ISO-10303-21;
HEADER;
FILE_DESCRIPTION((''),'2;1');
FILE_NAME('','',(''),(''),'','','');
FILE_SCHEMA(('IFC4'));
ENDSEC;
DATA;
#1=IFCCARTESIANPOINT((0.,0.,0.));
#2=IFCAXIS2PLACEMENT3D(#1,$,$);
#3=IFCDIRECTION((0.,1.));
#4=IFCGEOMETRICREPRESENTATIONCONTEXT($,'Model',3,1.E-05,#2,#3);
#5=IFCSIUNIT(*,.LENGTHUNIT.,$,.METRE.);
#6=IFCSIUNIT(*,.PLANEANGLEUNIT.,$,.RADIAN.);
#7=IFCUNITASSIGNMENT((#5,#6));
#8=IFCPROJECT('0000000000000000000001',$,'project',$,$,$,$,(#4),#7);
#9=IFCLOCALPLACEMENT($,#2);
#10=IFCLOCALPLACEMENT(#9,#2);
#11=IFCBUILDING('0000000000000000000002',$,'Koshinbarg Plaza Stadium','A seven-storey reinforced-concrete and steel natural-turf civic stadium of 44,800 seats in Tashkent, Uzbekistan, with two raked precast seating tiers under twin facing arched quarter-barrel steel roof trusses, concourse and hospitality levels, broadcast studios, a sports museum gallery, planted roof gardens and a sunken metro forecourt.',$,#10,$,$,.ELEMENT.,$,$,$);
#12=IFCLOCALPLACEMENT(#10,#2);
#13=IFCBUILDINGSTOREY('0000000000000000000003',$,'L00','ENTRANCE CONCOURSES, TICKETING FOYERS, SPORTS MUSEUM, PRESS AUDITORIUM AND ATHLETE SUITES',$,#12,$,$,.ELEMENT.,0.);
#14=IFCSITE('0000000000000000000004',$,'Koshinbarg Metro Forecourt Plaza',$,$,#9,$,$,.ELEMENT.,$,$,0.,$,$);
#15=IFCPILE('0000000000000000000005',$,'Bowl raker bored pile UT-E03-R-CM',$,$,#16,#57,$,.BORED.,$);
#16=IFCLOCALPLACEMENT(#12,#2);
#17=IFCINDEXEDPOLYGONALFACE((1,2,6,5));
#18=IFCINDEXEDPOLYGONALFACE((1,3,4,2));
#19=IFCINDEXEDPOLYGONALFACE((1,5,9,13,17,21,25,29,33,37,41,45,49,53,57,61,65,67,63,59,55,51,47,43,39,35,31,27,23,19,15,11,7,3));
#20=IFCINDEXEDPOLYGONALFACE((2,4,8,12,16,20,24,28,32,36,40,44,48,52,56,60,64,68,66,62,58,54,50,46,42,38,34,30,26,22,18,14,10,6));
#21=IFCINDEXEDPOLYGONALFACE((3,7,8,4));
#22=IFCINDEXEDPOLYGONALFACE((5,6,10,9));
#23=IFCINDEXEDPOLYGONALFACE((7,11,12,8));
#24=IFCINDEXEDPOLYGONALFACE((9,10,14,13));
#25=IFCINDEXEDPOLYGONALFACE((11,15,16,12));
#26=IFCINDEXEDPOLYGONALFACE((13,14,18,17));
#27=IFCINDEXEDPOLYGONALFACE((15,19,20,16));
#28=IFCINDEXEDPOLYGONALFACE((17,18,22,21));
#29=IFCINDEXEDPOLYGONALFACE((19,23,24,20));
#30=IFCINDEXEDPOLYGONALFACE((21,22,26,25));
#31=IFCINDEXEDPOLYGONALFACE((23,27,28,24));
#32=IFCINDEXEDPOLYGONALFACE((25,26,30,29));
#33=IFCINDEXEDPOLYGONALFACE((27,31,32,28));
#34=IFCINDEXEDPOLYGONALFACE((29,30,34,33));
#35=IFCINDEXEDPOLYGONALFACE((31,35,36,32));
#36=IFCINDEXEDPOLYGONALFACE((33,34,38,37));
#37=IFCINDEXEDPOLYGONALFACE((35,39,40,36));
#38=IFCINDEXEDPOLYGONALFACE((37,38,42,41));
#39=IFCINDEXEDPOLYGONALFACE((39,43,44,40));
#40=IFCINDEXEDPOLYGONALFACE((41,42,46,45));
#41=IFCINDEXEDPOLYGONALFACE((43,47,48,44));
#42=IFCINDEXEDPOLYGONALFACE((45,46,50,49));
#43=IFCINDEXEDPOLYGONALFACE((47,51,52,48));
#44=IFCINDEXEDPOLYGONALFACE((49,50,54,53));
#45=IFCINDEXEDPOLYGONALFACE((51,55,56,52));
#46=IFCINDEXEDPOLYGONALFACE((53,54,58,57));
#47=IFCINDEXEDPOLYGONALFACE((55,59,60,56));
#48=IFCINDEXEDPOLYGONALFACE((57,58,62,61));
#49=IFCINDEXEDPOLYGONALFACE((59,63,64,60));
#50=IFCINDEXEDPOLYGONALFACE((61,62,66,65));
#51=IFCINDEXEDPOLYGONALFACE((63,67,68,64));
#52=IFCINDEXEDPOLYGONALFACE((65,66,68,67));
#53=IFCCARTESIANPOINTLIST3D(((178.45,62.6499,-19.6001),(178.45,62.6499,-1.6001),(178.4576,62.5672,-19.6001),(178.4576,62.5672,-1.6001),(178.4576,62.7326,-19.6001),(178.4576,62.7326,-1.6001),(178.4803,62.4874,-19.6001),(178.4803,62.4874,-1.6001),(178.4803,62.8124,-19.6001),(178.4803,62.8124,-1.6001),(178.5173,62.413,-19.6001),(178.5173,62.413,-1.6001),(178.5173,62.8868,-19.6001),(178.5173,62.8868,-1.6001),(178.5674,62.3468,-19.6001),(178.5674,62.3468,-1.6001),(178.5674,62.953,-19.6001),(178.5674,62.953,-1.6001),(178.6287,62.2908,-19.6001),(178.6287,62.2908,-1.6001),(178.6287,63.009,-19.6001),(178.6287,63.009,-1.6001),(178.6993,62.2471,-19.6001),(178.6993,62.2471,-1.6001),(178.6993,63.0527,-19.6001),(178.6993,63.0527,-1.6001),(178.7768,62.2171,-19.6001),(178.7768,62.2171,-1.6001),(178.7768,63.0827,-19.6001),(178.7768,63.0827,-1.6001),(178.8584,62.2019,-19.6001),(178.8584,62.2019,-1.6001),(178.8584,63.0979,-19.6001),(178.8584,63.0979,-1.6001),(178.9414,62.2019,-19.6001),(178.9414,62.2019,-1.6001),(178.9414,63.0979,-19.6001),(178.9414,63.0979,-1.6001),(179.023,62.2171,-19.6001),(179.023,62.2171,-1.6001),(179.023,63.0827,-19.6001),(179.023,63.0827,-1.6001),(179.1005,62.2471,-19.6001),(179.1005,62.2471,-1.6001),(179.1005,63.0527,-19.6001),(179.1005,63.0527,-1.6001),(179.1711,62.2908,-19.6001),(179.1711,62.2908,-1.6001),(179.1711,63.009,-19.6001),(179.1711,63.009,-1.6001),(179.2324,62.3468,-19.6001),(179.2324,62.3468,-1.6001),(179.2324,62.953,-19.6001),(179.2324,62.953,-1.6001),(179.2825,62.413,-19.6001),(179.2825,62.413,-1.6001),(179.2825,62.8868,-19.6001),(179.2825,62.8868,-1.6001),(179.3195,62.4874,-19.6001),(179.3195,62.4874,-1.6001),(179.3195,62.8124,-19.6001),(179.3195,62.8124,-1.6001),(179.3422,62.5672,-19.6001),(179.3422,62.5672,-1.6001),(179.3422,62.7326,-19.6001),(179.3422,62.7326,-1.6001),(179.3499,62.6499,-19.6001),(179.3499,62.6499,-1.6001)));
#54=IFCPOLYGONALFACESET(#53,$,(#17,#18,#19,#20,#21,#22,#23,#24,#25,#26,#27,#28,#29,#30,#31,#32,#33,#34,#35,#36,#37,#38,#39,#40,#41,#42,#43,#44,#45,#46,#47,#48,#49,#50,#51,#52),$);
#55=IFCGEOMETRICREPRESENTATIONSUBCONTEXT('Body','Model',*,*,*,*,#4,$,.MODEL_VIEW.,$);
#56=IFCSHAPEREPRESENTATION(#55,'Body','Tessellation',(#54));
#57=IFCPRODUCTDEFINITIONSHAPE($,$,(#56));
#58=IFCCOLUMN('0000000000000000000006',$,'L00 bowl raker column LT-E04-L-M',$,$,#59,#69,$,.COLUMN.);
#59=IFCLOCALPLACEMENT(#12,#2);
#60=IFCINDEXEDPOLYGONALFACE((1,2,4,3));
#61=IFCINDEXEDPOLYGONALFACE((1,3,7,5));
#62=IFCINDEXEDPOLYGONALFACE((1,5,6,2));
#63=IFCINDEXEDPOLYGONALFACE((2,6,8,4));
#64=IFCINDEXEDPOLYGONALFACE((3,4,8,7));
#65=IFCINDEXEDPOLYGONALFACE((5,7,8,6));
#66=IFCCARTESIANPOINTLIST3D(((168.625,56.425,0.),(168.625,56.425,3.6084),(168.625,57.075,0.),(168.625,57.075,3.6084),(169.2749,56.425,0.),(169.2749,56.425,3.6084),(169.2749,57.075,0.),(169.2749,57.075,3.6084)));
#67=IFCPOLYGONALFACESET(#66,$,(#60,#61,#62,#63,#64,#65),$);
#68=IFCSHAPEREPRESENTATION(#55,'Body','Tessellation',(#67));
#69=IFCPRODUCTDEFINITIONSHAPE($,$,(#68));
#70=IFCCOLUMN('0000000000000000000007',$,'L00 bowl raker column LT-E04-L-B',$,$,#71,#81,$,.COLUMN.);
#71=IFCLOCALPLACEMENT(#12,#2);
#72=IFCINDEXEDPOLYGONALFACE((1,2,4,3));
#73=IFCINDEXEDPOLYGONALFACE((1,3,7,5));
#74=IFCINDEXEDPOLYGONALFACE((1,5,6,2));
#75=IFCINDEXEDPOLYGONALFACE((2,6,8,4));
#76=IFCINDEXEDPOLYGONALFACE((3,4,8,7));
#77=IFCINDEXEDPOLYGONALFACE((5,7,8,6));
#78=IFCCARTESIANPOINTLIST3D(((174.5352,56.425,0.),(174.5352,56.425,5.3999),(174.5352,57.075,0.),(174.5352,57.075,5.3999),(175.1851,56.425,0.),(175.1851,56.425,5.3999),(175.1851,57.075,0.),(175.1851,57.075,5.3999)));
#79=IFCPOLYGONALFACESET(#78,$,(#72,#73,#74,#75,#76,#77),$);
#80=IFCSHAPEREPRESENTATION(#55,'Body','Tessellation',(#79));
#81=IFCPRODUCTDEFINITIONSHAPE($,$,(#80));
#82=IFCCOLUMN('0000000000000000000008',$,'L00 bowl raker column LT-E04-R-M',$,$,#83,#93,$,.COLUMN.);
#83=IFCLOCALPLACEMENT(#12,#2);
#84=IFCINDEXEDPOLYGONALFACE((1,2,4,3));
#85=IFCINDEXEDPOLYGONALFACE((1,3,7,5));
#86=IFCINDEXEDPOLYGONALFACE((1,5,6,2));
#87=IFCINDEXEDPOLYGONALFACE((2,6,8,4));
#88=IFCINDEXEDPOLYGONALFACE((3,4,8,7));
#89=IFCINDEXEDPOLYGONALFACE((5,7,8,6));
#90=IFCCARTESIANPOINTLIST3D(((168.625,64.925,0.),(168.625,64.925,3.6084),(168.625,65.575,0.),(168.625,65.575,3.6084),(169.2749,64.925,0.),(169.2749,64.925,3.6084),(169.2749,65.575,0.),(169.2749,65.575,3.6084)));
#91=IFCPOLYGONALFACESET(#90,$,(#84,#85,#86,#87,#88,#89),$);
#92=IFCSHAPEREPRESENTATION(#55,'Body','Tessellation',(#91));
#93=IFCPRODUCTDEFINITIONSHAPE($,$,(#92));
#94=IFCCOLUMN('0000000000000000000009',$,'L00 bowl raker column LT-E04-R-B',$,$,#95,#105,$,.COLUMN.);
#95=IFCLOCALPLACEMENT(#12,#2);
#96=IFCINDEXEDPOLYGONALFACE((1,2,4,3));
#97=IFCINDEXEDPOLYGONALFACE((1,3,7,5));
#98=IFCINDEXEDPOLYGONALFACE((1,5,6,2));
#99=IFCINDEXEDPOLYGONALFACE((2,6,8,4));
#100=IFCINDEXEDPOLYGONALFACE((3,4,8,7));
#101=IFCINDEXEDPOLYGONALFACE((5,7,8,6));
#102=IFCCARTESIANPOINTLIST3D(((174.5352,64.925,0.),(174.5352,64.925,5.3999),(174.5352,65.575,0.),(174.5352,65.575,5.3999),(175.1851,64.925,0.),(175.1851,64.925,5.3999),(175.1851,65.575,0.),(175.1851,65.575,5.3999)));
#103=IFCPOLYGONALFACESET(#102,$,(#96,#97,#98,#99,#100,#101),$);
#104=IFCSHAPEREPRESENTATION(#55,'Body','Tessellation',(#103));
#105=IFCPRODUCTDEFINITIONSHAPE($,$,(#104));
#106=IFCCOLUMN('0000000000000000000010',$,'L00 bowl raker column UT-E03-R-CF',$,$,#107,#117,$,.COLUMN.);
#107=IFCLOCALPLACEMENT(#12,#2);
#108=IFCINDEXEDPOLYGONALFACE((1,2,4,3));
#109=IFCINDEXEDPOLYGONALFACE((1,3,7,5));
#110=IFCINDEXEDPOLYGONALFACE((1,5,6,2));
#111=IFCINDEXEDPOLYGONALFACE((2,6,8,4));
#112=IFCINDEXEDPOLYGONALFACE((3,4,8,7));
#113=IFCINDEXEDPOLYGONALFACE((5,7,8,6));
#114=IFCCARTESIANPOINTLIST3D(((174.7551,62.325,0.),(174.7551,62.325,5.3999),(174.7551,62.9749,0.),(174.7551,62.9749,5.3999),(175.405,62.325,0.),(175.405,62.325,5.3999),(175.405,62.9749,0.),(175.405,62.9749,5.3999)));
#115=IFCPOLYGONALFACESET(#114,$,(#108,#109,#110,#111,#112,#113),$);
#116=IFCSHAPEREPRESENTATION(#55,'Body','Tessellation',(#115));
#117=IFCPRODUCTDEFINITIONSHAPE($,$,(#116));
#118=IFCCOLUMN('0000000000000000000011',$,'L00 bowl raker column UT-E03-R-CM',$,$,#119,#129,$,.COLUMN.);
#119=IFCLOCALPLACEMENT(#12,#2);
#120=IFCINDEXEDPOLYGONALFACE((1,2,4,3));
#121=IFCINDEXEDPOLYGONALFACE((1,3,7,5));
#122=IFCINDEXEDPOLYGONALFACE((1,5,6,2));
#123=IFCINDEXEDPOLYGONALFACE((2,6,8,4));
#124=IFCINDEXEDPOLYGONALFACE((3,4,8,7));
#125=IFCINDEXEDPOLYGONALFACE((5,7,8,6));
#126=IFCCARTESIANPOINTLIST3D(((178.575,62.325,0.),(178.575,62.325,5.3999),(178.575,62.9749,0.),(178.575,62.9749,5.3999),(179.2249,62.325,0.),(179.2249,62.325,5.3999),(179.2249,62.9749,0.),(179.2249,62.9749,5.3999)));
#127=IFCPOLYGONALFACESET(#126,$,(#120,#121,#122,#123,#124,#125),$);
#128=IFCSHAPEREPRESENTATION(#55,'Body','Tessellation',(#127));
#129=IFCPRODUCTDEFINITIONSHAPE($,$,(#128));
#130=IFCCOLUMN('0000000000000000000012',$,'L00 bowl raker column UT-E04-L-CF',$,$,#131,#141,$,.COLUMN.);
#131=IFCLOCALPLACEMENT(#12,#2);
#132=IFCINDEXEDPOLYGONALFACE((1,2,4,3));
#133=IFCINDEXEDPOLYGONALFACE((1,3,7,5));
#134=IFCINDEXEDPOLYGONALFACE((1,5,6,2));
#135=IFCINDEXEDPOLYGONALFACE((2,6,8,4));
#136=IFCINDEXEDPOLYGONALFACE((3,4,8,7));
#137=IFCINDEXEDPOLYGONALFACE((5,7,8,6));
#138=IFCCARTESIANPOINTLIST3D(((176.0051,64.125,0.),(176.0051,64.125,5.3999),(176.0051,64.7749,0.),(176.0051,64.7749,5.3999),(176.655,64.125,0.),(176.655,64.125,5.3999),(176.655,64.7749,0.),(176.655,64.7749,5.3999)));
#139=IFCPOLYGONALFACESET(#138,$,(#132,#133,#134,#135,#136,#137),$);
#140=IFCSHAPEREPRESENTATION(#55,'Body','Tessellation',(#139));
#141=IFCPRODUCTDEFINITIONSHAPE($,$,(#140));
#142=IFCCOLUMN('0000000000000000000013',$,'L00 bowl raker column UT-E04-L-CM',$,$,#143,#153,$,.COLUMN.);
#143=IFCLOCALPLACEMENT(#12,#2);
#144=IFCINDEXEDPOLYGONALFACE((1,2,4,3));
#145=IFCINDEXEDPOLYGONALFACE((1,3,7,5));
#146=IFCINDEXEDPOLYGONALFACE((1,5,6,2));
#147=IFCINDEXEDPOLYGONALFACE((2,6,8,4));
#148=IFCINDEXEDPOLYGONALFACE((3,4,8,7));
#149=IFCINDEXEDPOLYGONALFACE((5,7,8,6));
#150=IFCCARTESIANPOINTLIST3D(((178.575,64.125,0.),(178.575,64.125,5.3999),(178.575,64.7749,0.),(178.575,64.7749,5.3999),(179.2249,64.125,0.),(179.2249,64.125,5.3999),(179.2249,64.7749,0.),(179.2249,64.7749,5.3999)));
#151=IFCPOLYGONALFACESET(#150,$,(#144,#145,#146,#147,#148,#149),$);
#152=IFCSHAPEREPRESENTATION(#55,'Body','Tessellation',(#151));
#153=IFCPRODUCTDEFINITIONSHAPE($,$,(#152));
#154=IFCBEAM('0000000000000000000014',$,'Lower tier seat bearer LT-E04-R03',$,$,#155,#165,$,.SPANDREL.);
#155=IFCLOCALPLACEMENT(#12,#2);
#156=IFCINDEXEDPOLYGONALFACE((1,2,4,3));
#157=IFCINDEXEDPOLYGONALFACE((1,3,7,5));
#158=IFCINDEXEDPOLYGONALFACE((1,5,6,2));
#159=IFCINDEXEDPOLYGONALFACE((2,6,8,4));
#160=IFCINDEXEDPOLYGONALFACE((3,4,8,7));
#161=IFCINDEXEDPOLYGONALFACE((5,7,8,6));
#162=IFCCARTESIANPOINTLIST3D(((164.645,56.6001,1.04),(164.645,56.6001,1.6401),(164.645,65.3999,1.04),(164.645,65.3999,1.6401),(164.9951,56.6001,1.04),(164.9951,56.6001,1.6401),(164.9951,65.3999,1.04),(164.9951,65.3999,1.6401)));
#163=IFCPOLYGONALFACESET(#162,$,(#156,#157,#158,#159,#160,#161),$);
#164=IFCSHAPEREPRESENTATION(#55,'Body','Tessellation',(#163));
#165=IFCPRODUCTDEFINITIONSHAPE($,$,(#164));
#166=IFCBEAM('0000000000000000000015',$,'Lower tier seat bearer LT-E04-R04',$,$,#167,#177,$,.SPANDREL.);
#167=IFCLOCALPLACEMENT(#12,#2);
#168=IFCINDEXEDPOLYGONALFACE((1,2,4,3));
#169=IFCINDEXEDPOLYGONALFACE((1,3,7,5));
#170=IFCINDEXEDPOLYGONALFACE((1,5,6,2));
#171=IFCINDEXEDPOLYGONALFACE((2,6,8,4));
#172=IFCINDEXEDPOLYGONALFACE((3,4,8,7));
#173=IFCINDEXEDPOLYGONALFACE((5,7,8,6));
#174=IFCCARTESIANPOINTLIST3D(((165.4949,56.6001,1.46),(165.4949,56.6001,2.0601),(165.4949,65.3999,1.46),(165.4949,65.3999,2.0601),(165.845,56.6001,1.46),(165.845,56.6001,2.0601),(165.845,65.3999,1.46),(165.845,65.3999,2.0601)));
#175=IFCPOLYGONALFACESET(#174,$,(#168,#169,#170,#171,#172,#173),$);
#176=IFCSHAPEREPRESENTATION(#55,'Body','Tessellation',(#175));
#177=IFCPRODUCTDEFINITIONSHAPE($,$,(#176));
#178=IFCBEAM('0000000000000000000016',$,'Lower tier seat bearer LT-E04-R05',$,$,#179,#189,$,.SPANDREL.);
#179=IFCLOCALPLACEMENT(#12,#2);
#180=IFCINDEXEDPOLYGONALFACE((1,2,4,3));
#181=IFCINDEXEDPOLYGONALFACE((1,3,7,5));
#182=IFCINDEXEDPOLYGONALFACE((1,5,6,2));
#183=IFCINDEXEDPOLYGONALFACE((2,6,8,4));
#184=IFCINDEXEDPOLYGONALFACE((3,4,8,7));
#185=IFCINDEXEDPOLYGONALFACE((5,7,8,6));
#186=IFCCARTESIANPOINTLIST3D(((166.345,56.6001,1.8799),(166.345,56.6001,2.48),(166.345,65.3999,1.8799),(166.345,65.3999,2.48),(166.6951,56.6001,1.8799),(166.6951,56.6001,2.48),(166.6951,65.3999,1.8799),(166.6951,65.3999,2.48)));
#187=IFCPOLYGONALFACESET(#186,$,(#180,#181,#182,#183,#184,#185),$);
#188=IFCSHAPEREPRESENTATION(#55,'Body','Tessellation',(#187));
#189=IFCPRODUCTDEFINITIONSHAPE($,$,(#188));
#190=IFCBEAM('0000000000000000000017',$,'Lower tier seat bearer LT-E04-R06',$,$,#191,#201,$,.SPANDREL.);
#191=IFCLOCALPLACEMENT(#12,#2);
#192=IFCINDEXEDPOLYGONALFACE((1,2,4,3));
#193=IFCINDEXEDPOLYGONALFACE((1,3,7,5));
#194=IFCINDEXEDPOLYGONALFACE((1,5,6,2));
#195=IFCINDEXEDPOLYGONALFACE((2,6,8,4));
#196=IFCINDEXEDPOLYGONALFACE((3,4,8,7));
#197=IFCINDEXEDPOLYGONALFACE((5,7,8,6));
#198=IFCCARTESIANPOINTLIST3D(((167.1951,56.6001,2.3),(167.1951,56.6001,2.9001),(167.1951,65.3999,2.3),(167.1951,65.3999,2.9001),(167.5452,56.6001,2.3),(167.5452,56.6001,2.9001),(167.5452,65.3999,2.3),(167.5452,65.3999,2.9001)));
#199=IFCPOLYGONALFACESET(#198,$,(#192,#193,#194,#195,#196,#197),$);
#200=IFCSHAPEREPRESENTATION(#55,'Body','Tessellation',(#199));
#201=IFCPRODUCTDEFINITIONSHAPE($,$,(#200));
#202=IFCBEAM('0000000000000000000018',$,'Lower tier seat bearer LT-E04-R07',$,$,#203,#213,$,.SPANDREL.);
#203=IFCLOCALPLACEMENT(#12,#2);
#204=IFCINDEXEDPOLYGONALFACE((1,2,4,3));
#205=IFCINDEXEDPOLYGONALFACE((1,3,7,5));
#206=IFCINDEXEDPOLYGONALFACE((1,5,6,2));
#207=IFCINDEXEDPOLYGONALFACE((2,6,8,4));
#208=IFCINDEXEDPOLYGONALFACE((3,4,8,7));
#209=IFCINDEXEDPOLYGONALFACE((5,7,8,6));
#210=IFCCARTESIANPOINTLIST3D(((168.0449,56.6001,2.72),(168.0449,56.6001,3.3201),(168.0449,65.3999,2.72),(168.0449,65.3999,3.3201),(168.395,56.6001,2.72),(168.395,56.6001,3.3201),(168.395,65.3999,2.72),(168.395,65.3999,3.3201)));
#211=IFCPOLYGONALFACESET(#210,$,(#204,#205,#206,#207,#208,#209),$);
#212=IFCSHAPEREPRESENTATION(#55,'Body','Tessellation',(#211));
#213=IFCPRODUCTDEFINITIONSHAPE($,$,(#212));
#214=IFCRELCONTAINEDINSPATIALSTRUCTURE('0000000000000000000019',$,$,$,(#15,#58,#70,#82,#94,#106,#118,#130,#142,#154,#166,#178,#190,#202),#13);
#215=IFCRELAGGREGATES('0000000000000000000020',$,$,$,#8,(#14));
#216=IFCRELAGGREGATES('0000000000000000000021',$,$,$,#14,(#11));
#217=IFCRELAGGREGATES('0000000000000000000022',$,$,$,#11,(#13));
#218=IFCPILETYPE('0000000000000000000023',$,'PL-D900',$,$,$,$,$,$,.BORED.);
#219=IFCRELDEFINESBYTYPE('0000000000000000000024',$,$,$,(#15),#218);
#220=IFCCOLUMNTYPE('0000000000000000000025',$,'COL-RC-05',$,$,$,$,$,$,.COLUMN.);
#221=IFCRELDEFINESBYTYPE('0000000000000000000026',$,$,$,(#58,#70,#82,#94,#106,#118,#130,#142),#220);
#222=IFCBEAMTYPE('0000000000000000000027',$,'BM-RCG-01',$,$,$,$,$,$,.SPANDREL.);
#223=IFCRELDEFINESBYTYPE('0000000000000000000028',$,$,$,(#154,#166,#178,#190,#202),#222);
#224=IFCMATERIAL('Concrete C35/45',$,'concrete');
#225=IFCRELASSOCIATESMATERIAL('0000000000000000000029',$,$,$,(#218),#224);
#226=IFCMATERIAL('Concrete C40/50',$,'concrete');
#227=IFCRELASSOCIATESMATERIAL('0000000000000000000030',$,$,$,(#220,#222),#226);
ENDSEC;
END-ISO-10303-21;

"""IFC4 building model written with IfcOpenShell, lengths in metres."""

from ifc_helpers import new_model, si_unit, direction, frame, origin, origin_2d, place, context, subcontext, project, spatial, rectangle, circle, extrude, material, material_profile, profile_set, type_object, element, save


model = new_model("IFC4")

# Units and contexts
model_context = context("Model", 3, precision=1e-05, world=origin(), true_north=direction((0.0, 1.0)))
body_context = subcontext(model_context, "Body", "Model", "MODEL_VIEW")
ifc_project = project(units=[si_unit("LENGTHUNIT", "METRE"), si_unit("PLANEANGLEUNIT", "RADIAN")], contexts=[model_context])

# Site, building, storey
site_placement = place(None, origin())
site = spatial("IfcSite", under=ifc_project, at=site_placement, Name="Koshinbarg Metro Forecourt Plaza", CompositionType="ELEMENT", RefElevation=0.0)
building_placement = place(site_placement, origin())
building = spatial("IfcBuilding", under=site, at=building_placement, Name="Koshinbarg Plaza Stadium", Description="A seven-storey reinforced-concrete and steel natural-turf civic stadium of 44,800 seats in Tashkent, Uzbekistan, with two raked precast seating tiers under twin facing arched quarter-barrel steel roof trusses, concourse and hospitality levels, broadcast studios, a sports museum gallery, planted roof gardens and a sunken metro forecourt.", CompositionType="ELEMENT")
storey_placement = place(building_placement, origin())
storey = spatial("IfcBuildingStorey", under=building, at=storey_placement, Name="L00", Description="ENTRANCE CONCOURSES, TICKETING FOYERS, SPORTS MUSEUM, PRESS AUDITORIUM AND ATHLETE SUITES", CompositionType="ELEMENT", Elevation=0.0)

# Shared definitions
ifc_material_1 = material(Name="Concrete C35/45", Category="concrete")

# Pile
ifc_material_profile_1 = material_profile(ifc_material_1, circle(Radius=0.45, at=origin_2d()), Name="PILE D900")
ifc_profile_set_1 = profile_set([ifc_material_profile_1], Name="Concrete C35/45")
pile_type = type_object("IfcPileType", Name="PL-D900", PredefinedType="BORED", material=ifc_profile_set_1)
for number, where, z_axis, x_axis, name in (
    (1, (178.8999, 62.6499, -1.6001), (0.0, 0.0, -1.0), (1.0, 0.0, 0.0), "Bowl raker bored pile UT-E03-R-CM"),
):
    element("IfcPile", number, at=place(storey_placement, frame(where, z_axis=z_axis, x_axis=x_axis)), inside=storey, type_object=pile_type, Name=name, PredefinedType="BORED", context=body_context, shape_type="SweptSolid", body=[
        extrude(circle(Radius=0.45, at=origin_2d()), origin(), (0.0, 0.0, 1.0), 18.0),
    ])

# Columns
ifc_material_2 = material(Name="Concrete C40/50", Category="concrete")
ifc_material_profile_2 = material_profile(ifc_material_2, rectangle(XDim=0.6499, YDim=0.6499, at=origin_2d()), Name="RC 650x650")
ifc_profile_set_2 = profile_set([ifc_material_profile_2], Name="Concrete C40/50")
column_type = type_object("IfcColumnType", Name="COL-RC-05", PredefinedType="COLUMN", material=ifc_profile_set_2)
column_1_placement = place(storey_placement, frame((168.95, 56.75, 0.0), z_axis=(0.0, 0.0, 1.0), x_axis=(1.0, 0.0, 0.0)))
element("IfcColumn", 2, at=column_1_placement, inside=storey, type_object=column_type, Name="L00 bowl raker column LT-E04-L-M", PredefinedType="COLUMN", context=body_context, shape_type="SweptSolid", body=[
    extrude(rectangle(XDim=0.6499, YDim=0.6499, at=origin_2d()), origin(), (0.0, 0.0, 1.0), 3.6084),
])
column_2_placement = place(storey_placement, frame((174.8601, 56.75, 0.0), z_axis=(0.0, 0.0, 1.0), x_axis=(1.0, 0.0, 0.0)))
element("IfcColumn", 3, at=column_2_placement, inside=storey, type_object=column_type, Name="L00 bowl raker column LT-E04-L-B", PredefinedType="COLUMN", context=body_context, shape_type="SweptSolid", body=[
    extrude(rectangle(XDim=0.6499, YDim=0.6499, at=origin_2d()), origin(), (0.0, 0.0, 1.0), 5.3999),
])
column_3_placement = place(storey_placement, frame((168.95, 65.25, 0.0), z_axis=(0.0, 0.0, 1.0), x_axis=(1.0, 0.0, 0.0)))
element("IfcColumn", 4, at=column_3_placement, inside=storey, type_object=column_type, Name="L00 bowl raker column LT-E04-R-M", PredefinedType="COLUMN", context=body_context, shape_type="SweptSolid", body=[
    extrude(rectangle(XDim=0.6499, YDim=0.6499, at=origin_2d()), origin(), (0.0, 0.0, 1.0), 3.6084),
])
for number, where, z_axis, x_axis, name in (
    (5, (174.8601, 65.25, 0.0), (0.0, 0.0, 1.0), (1.0, 0.0, 0.0), "L00 bowl raker column LT-E04-R-B"),
    (6, (175.0801, 62.6499, 0.0), (0.0, 0.0, 1.0), (1.0, 0.0, 0.0), "L00 bowl raker column UT-E03-R-CF"),
    (7, (178.8999, 62.6499, 0.0), (0.0, 0.0, 1.0), (1.0, 0.0, 0.0), "L00 bowl raker column UT-E03-R-CM"),
    (8, (176.3301, 64.45, 0.0), (0.0, 0.0, 1.0), (1.0, 0.0, 0.0), "L00 bowl raker column UT-E04-L-CF"),
    (9, (178.8999, 64.45, 0.0), (0.0, 0.0, 1.0), (1.0, 0.0, 0.0), "L00 bowl raker column UT-E04-L-CM"),
):
    element("IfcColumn", number, at=place(storey_placement, frame(where, z_axis=z_axis, x_axis=x_axis)), inside=storey, type_object=column_type, Name=name, PredefinedType="COLUMN", context=body_context, shape_type="SweptSolid", body=[
        extrude(rectangle(XDim=0.6499, YDim=0.6499, at=origin_2d()), origin(), (0.0, 0.0, 1.0), 5.3999),
    ])

# Beams
ifc_material_profile_3 = material_profile(ifc_material_2, rectangle(XDim=0.3501, YDim=0.6001, at=origin_2d()), Name="RC 350x600")
ifc_profile_set_3 = profile_set([ifc_material_profile_3], Name="Concrete C40/50")
beam_type = type_object("IfcBeamType", Name="BM-RCG-01", PredefinedType="SPANDREL", material=ifc_profile_set_3)
for number, where, z_axis, x_axis, name in (
    (10, (164.8201, 56.6001, 1.3401), (0.0, 1.0, 0.0), (-1.0, 0.0, 0.0), "Lower tier seat bearer LT-E04-R03"),
    (11, (165.6699, 56.6001, 1.76), (0.0, 1.0, 0.0), (-1.0, 0.0, 0.0), "Lower tier seat bearer LT-E04-R04"),
    (12, (166.52, 56.6001, 2.1799), (0.0, 1.0, 0.0), (-1.0, 0.0, 0.0), "Lower tier seat bearer LT-E04-R05"),
    (13, (167.3701, 56.6001, 2.6001), (0.0, 1.0, 0.0), (-1.0, 0.0, 0.0), "Lower tier seat bearer LT-E04-R06"),
    (14, (168.22, 56.6001, 3.02), (0.0, 1.0, 0.0), (-1.0, 0.0, 0.0), "Lower tier seat bearer LT-E04-R07"),
):
    element("IfcBeam", number, at=place(storey_placement, frame(where, z_axis=z_axis, x_axis=x_axis)), inside=storey, type_object=beam_type, Name=name, PredefinedType="SPANDREL", context=body_context, shape_type="SweptSolid", body=[
        extrude(rectangle(XDim=0.3501, YDim=0.6001, at=origin_2d()), origin(), (0.0, 0.0, 1.0), 8.7998),
    ])

save(model, "model.ifc")
